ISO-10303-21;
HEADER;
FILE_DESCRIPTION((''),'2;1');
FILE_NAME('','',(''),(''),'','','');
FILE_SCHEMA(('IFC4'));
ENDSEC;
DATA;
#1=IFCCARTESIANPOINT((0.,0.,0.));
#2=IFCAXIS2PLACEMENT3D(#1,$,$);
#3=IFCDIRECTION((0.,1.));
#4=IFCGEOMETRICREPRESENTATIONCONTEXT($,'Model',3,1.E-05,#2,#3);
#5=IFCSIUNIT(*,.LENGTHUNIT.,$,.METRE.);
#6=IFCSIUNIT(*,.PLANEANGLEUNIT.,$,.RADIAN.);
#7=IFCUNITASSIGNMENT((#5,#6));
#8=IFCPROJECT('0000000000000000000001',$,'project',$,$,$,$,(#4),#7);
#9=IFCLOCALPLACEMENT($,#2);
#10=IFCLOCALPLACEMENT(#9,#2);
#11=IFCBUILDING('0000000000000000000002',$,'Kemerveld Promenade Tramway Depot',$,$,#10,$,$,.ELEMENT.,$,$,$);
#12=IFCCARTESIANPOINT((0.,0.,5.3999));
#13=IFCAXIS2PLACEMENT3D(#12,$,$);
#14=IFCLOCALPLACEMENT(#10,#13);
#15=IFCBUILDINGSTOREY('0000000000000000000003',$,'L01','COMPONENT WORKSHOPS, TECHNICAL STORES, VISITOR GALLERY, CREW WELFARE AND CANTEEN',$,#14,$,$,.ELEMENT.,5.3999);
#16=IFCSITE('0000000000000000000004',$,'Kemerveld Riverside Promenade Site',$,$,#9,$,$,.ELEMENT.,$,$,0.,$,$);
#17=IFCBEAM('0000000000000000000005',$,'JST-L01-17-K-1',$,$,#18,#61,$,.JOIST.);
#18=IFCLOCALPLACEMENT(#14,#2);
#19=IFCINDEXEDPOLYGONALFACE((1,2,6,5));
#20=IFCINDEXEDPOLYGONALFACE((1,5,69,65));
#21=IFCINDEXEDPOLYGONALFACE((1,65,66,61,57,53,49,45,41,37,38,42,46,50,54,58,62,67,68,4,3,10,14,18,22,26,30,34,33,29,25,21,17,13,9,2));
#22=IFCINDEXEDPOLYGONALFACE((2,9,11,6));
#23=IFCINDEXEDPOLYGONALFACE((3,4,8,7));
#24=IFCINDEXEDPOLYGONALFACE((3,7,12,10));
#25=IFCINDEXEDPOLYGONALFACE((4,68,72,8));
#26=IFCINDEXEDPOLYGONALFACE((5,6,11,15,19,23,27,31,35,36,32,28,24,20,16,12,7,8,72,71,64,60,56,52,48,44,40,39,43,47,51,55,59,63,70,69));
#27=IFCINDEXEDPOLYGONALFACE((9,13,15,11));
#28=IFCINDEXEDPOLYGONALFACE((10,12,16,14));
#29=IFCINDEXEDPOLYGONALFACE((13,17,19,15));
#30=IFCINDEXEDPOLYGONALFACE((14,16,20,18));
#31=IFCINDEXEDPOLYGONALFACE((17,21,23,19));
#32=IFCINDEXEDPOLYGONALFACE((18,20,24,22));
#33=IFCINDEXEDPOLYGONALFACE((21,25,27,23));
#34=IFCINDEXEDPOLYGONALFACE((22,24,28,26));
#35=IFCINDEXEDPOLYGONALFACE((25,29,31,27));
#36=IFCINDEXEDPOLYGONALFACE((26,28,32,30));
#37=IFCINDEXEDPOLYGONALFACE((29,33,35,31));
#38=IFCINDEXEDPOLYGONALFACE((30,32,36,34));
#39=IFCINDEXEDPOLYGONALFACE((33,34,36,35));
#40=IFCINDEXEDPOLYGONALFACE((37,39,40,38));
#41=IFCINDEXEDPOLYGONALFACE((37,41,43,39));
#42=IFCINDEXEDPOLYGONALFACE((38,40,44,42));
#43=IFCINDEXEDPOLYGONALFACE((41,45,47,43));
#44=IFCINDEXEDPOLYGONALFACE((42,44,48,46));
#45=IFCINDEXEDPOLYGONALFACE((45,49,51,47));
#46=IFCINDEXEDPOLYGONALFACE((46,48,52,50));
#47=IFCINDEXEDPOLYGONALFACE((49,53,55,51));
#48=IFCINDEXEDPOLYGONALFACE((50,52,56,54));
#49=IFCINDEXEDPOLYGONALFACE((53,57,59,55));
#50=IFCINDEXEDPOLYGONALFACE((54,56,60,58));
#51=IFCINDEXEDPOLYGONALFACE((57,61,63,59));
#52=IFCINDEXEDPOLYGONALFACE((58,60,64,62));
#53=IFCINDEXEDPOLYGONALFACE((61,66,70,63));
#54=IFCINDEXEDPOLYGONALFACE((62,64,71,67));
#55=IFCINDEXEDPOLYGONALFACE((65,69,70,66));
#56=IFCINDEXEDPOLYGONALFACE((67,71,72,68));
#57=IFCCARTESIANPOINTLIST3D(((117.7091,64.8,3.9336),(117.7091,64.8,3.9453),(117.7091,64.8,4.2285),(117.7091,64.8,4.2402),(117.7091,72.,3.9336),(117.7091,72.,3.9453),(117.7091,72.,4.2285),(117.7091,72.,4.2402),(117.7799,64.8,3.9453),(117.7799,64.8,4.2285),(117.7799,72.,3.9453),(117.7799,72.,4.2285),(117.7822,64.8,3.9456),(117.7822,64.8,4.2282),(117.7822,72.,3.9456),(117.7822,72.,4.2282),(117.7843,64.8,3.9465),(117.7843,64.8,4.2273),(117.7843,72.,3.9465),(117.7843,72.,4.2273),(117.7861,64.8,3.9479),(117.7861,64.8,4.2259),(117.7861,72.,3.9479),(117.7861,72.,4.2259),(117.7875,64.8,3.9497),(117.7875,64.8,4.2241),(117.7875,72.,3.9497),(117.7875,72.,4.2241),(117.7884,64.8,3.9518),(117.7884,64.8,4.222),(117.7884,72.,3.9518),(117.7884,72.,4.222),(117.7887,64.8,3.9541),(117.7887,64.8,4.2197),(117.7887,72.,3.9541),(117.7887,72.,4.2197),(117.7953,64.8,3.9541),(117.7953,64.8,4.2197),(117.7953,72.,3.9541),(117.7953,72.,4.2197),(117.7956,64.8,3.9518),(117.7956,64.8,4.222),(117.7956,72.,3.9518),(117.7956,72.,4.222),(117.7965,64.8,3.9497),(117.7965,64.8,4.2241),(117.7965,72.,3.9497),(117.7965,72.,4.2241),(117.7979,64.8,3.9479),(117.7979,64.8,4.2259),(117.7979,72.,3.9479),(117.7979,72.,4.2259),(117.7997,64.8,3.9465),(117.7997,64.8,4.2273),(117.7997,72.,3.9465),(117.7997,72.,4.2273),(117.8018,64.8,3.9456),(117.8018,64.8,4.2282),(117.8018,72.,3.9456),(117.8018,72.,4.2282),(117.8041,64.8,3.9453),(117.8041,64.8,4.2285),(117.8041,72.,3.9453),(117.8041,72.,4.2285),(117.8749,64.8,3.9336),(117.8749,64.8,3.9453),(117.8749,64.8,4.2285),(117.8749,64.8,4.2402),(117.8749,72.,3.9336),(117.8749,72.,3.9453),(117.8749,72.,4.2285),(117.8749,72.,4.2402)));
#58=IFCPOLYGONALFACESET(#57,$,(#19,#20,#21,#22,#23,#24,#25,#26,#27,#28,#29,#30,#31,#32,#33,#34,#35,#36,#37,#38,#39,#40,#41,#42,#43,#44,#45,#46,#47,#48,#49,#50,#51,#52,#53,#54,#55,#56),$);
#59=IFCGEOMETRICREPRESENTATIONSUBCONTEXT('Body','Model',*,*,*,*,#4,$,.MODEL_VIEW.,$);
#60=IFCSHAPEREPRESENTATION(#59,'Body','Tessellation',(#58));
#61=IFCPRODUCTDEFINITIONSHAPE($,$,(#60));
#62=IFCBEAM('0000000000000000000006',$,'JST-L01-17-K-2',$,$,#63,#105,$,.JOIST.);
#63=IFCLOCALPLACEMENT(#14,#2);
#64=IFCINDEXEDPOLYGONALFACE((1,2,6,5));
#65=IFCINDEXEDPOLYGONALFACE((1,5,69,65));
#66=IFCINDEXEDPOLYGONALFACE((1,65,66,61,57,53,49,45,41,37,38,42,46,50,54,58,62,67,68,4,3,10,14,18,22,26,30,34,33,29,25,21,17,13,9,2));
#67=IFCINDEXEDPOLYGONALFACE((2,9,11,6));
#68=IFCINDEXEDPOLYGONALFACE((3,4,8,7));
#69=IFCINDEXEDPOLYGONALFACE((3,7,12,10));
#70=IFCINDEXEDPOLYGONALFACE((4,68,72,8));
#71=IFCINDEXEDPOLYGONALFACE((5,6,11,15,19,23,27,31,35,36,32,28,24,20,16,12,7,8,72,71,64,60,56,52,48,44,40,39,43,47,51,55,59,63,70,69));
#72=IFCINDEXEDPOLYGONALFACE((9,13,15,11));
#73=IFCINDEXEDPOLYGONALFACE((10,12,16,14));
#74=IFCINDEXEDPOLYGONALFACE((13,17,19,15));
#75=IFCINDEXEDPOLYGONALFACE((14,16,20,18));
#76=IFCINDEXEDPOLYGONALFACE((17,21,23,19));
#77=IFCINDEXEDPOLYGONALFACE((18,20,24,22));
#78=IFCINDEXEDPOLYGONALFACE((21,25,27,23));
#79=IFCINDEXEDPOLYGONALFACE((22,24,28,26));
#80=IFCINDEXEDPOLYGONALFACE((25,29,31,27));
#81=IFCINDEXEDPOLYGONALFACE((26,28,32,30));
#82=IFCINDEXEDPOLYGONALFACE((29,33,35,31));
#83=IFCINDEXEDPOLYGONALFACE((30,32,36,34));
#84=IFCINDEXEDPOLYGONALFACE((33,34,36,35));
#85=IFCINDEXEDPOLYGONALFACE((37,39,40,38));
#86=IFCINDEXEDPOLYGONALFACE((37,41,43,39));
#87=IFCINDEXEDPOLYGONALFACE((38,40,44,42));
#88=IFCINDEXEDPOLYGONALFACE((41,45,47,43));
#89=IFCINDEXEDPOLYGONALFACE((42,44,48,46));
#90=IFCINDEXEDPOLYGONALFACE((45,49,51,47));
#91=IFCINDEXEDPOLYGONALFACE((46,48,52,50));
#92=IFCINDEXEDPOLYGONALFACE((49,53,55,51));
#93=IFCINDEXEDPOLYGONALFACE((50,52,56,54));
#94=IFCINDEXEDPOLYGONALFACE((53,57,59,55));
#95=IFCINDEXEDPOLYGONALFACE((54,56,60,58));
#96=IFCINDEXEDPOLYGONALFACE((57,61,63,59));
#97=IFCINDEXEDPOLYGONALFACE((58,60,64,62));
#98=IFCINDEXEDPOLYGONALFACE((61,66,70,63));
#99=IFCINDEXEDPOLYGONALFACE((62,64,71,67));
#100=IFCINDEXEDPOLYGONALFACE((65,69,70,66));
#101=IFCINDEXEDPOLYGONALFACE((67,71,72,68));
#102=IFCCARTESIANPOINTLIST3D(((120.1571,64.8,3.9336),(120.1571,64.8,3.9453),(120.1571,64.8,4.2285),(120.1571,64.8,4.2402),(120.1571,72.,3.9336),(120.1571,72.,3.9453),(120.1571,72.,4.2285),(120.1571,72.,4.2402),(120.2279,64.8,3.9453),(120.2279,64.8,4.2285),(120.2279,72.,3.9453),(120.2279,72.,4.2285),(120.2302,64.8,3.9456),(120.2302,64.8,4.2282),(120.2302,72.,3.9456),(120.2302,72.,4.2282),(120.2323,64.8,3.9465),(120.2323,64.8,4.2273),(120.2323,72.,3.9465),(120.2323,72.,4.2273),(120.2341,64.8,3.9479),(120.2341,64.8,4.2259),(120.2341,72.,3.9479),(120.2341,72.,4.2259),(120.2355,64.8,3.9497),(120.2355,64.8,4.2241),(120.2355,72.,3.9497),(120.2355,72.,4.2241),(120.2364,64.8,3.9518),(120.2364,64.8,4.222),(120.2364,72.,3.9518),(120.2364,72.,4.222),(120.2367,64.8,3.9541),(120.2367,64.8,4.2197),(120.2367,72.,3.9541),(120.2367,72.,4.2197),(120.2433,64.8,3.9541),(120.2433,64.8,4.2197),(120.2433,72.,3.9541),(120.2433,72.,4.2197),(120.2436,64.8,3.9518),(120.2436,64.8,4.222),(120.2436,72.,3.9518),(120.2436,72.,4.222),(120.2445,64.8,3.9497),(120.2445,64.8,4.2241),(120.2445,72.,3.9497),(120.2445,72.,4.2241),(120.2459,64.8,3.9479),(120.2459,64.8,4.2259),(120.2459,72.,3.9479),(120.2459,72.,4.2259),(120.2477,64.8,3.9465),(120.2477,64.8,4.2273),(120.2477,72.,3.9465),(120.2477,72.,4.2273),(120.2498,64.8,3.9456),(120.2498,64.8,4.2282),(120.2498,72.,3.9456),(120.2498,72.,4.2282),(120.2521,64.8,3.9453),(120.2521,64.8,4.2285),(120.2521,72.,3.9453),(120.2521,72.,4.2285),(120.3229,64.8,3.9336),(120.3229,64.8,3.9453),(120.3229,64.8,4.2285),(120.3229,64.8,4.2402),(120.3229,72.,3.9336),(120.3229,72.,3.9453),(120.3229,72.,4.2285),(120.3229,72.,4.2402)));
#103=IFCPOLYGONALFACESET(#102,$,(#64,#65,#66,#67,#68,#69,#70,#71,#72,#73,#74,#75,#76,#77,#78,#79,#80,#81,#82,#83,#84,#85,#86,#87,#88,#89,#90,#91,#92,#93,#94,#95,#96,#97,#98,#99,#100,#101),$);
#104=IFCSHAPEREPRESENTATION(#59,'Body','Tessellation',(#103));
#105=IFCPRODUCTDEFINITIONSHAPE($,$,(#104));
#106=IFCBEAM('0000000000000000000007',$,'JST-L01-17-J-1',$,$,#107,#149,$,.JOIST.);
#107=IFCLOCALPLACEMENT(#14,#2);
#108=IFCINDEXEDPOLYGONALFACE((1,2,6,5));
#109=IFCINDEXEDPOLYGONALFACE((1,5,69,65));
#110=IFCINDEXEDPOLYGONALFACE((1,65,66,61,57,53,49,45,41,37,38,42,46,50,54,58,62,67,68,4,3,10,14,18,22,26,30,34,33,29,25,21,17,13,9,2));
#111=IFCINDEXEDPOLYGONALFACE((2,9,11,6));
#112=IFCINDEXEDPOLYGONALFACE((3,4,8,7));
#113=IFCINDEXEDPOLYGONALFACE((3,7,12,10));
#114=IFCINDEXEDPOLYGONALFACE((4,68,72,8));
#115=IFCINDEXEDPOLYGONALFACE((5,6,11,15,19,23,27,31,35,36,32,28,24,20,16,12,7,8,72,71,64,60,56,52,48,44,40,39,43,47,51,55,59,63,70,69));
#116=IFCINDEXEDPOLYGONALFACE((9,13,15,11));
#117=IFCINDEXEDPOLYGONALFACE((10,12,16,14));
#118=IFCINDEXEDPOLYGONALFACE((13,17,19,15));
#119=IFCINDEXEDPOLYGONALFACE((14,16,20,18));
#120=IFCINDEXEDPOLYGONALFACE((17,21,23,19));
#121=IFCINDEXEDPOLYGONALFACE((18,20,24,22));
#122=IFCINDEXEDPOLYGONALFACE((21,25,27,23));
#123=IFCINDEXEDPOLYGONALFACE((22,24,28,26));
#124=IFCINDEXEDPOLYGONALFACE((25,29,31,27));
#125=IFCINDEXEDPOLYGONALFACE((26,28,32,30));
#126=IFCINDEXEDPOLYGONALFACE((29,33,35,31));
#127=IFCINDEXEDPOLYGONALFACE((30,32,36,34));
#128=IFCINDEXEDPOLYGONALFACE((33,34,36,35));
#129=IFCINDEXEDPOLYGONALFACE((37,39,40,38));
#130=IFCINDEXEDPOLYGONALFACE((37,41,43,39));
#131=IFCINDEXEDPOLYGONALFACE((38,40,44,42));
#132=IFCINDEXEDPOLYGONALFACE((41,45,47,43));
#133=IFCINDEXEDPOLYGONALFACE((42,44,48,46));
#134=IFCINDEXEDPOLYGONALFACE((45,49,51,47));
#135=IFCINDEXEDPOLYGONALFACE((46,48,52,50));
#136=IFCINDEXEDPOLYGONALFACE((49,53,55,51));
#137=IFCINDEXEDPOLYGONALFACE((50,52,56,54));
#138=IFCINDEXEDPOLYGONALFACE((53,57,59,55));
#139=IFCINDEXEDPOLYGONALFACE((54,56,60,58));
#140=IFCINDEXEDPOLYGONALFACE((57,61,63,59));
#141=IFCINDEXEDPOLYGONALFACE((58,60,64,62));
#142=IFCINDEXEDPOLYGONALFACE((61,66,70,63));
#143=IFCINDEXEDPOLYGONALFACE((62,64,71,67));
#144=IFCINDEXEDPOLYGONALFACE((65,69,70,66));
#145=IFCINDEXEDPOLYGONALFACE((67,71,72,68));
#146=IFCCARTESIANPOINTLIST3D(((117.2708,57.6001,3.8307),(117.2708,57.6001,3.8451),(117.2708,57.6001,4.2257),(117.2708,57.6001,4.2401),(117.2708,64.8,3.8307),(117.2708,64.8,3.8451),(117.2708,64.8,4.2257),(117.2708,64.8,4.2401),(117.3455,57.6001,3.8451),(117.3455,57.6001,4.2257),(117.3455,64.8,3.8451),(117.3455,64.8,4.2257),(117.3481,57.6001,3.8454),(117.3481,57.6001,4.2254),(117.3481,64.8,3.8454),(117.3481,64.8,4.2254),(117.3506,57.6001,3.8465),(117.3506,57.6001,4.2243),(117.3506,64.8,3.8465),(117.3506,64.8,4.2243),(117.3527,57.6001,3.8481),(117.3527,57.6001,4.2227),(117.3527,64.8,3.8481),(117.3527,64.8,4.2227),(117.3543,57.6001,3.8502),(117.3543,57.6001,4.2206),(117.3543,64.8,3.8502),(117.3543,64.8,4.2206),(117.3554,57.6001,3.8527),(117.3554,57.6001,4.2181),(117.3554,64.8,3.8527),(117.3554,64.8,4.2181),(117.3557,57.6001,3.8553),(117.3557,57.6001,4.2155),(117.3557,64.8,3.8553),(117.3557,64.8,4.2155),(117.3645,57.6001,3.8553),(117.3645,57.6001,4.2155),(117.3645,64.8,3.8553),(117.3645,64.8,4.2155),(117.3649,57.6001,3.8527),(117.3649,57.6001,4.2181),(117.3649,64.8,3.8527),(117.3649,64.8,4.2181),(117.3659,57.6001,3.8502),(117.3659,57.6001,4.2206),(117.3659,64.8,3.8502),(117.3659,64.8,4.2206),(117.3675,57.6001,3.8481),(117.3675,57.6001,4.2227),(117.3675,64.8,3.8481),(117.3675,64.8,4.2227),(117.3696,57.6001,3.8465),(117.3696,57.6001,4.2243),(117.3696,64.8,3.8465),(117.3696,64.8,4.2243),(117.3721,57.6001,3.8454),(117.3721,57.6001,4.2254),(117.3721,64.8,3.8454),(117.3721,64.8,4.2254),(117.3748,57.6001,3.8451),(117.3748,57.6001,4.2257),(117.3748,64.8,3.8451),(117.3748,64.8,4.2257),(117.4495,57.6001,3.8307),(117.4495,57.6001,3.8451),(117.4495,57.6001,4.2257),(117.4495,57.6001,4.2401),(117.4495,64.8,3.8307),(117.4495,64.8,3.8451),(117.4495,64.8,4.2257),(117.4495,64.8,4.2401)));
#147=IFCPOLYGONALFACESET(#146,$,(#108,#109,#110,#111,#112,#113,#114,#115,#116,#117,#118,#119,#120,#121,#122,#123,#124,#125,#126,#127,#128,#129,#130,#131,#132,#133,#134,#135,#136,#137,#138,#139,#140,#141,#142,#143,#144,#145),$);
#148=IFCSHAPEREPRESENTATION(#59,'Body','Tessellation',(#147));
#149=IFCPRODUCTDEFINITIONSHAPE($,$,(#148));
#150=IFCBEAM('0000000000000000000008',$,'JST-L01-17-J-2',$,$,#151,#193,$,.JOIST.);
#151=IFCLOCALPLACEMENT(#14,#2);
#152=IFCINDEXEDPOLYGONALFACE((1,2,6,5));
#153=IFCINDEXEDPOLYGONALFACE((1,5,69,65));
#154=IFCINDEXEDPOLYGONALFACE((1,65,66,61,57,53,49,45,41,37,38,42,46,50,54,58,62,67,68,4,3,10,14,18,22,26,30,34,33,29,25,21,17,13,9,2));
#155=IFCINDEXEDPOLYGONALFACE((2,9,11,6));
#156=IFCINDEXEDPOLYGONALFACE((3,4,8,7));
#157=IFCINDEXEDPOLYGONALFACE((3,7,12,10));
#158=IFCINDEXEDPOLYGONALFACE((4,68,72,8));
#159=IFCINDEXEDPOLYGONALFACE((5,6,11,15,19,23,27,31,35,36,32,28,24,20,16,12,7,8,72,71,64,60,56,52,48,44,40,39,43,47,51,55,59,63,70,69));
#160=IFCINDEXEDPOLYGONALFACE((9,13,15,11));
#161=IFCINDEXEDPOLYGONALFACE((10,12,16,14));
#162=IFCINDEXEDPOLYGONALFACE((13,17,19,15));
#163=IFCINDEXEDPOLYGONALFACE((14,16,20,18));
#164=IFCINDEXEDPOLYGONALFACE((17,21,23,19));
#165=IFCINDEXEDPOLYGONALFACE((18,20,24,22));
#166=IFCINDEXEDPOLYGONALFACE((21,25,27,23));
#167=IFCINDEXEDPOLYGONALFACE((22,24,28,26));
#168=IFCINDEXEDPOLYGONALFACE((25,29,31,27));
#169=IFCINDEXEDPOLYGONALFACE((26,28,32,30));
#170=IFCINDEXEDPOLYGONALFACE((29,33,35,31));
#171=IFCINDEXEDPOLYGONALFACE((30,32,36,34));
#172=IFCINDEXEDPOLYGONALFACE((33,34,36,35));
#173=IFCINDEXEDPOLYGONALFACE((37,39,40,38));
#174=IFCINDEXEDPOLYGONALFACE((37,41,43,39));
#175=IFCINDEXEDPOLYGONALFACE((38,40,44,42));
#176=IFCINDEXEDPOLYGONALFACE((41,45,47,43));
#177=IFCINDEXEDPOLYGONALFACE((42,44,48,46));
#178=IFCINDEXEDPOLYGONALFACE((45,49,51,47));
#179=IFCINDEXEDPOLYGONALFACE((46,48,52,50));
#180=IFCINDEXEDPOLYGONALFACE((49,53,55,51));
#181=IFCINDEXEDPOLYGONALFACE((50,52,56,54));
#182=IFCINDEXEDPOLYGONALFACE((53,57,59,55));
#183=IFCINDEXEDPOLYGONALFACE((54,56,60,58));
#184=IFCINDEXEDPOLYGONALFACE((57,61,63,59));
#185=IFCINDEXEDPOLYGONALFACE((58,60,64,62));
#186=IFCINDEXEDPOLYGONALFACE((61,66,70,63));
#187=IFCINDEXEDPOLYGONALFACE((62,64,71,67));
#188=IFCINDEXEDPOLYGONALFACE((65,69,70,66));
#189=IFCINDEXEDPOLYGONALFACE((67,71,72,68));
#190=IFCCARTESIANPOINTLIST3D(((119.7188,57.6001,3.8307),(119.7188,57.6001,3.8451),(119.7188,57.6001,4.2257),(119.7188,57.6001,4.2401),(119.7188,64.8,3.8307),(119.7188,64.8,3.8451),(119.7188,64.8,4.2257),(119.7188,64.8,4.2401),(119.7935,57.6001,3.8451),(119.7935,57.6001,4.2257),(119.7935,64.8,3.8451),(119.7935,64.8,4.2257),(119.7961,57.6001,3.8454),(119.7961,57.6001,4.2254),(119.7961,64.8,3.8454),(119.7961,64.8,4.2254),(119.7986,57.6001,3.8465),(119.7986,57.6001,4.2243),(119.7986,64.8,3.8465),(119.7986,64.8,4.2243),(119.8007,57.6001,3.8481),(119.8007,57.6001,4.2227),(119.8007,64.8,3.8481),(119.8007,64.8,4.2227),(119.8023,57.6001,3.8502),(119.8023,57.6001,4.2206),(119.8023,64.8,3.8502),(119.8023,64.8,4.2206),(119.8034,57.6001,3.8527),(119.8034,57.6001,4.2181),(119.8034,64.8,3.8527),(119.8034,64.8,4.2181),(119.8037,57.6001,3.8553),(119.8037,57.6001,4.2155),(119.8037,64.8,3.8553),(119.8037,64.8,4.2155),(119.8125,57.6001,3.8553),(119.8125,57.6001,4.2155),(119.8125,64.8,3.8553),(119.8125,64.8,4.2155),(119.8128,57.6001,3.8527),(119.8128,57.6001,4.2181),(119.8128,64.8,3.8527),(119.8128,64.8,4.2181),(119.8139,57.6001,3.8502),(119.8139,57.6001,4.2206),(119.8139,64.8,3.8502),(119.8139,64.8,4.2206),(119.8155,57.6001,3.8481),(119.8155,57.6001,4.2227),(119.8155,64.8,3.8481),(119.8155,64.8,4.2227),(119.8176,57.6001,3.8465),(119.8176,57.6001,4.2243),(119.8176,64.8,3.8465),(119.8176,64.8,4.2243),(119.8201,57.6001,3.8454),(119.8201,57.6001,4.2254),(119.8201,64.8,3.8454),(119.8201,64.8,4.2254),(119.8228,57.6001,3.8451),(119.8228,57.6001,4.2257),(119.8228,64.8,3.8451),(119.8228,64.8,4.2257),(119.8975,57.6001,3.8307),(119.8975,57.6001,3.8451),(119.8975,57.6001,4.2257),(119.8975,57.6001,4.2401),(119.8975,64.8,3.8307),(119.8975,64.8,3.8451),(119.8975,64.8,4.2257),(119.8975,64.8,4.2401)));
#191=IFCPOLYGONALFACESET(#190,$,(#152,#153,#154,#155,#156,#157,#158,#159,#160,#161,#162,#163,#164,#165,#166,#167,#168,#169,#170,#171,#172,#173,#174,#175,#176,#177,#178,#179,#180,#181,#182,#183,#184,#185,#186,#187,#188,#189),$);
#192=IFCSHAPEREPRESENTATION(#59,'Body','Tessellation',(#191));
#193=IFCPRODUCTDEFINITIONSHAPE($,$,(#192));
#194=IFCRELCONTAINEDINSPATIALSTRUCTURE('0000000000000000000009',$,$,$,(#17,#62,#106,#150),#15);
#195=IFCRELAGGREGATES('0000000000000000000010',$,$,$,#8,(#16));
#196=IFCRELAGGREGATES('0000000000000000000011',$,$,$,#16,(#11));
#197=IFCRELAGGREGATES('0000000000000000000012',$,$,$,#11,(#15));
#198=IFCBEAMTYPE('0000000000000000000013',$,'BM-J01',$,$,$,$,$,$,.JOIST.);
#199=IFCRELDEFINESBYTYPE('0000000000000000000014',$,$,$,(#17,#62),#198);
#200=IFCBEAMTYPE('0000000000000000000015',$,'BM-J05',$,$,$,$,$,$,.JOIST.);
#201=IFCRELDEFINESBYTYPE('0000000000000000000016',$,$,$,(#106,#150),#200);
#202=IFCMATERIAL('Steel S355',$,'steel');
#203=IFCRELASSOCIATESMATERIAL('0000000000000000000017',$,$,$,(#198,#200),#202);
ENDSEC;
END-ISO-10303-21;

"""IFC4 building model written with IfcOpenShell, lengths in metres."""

from ifc_helpers import new_model, si_unit, direction, frame, origin, origin_2d, place, context, subcontext, project, spatial, i_section, extrude, material, material_profile, profile_set, type_object, element, save


model = new_model("IFC4")

# Units and contexts
model_context = context("Model", 3, precision=1e-05, world=origin(), true_north=direction((0.0, 1.0)))
body_context = subcontext(model_context, "Body", "Model", "MODEL_VIEW")
ifc_project = project(units=[si_unit("LENGTHUNIT", "METRE"), si_unit("PLANEANGLEUNIT", "RADIAN")], contexts=[model_context])

# Site, building, storey
site_placement = place(None, origin())
site = spatial("IfcSite", under=ifc_project, at=site_placement, Name="Kemerveld Riverside Promenade Site", CompositionType="ELEMENT", RefElevation=0.0)
building_placement = place(site_placement, origin())
building = spatial("IfcBuilding", under=site, at=building_placement, Name="Kemerveld Promenade Tramway Depot", CompositionType="ELEMENT")
storey_placement = place(building_placement, frame((0.0, 0.0, 5.3999)))
storey = spatial("IfcBuildingStorey", under=building, at=storey_placement, Name="L01", Description="COMPONENT WORKSHOPS, TECHNICAL STORES, VISITOR GALLERY, CREW WELFARE AND CANTEEN", CompositionType="ELEMENT", Elevation=5.3999)

# Beams
ifc_material_1 = material(Name="Steel S355", Category="steel")
ifc_material_profile_1 = material_profile(ifc_material_1, i_section(OverallWidth=0.1658, OverallDepth=0.3066, WebThickness=0.0066, FlangeThickness=0.0117, FilletRadius=0.0088, at=origin_2d()), Name="305x165x46 UB")
ifc_profile_set_1 = profile_set([ifc_material_profile_1], Name="Steel S355")
beam_type_1 = type_object("IfcBeamType", Name="BM-J01", PredefinedType="JOIST", material=ifc_profile_set_1)
for number, where, z_axis, x_axis, name in (
    (1, (117.792, 64.8, 4.0869), (0.0, 1.0, 0.0), (-1.0, 0.0, 0.0), "JST-L01-17-K-1"),
    (2, (120.24, 64.8, 4.0869), (0.0, 1.0, 0.0), (-1.0, 0.0, 0.0), "JST-L01-17-K-2"),
):
    element("IfcBeam", number, at=place(storey_placement, frame(where, z_axis=z_axis, x_axis=x_axis)), inside=storey, type_object=beam_type_1, Name=name, PredefinedType="JOIST", context=body_context, shape_type="SweptSolid", body=[
        extrude(i_section(OverallWidth=0.1658, OverallDepth=0.3066, WebThickness=0.0066, FlangeThickness=0.0117, FilletRadius=0.0088, at=origin_2d()), origin(), (0.0, 0.0, 1.0), 7.2),
    ])
ifc_material_profile_2 = material_profile(ifc_material_1, i_section(OverallWidth=0.1787, OverallDepth=0.4094, WebThickness=0.0088, FlangeThickness=0.0144, FilletRadius=0.0103, at=origin_2d()), Name="406x178x67 UB")
ifc_profile_set_2 = profile_set([ifc_material_profile_2], Name="Steel S355")
beam_type_2 = type_object("IfcBeamType", Name="BM-J05", PredefinedType="JOIST", material=ifc_profile_set_2)
for number, where, z_axis, x_axis, name in (
    (3, (117.3601, 57.6001, 4.0354), (0.0, 1.0, 0.0), (-1.0, 0.0, 0.0), "JST-L01-17-J-1"),
    (4, (119.8081, 57.6001, 4.0354), (0.0, 1.0, 0.0), (-1.0, 0.0, 0.0), "JST-L01-17-J-2"),
):
    element("IfcBeam", number, at=place(storey_placement, frame(where, z_axis=z_axis, x_axis=x_axis)), inside=storey, type_object=beam_type_2, Name=name, PredefinedType="JOIST", context=body_context, shape_type="SweptSolid", body=[
        extrude(i_section(OverallWidth=0.1787, OverallDepth=0.4094, WebThickness=0.0088, FlangeThickness=0.0144, FilletRadius=0.0103, at=origin_2d()), origin(), (0.0, 0.0, 1.0), 7.2),
    ])

save(model, "model.ifc")
